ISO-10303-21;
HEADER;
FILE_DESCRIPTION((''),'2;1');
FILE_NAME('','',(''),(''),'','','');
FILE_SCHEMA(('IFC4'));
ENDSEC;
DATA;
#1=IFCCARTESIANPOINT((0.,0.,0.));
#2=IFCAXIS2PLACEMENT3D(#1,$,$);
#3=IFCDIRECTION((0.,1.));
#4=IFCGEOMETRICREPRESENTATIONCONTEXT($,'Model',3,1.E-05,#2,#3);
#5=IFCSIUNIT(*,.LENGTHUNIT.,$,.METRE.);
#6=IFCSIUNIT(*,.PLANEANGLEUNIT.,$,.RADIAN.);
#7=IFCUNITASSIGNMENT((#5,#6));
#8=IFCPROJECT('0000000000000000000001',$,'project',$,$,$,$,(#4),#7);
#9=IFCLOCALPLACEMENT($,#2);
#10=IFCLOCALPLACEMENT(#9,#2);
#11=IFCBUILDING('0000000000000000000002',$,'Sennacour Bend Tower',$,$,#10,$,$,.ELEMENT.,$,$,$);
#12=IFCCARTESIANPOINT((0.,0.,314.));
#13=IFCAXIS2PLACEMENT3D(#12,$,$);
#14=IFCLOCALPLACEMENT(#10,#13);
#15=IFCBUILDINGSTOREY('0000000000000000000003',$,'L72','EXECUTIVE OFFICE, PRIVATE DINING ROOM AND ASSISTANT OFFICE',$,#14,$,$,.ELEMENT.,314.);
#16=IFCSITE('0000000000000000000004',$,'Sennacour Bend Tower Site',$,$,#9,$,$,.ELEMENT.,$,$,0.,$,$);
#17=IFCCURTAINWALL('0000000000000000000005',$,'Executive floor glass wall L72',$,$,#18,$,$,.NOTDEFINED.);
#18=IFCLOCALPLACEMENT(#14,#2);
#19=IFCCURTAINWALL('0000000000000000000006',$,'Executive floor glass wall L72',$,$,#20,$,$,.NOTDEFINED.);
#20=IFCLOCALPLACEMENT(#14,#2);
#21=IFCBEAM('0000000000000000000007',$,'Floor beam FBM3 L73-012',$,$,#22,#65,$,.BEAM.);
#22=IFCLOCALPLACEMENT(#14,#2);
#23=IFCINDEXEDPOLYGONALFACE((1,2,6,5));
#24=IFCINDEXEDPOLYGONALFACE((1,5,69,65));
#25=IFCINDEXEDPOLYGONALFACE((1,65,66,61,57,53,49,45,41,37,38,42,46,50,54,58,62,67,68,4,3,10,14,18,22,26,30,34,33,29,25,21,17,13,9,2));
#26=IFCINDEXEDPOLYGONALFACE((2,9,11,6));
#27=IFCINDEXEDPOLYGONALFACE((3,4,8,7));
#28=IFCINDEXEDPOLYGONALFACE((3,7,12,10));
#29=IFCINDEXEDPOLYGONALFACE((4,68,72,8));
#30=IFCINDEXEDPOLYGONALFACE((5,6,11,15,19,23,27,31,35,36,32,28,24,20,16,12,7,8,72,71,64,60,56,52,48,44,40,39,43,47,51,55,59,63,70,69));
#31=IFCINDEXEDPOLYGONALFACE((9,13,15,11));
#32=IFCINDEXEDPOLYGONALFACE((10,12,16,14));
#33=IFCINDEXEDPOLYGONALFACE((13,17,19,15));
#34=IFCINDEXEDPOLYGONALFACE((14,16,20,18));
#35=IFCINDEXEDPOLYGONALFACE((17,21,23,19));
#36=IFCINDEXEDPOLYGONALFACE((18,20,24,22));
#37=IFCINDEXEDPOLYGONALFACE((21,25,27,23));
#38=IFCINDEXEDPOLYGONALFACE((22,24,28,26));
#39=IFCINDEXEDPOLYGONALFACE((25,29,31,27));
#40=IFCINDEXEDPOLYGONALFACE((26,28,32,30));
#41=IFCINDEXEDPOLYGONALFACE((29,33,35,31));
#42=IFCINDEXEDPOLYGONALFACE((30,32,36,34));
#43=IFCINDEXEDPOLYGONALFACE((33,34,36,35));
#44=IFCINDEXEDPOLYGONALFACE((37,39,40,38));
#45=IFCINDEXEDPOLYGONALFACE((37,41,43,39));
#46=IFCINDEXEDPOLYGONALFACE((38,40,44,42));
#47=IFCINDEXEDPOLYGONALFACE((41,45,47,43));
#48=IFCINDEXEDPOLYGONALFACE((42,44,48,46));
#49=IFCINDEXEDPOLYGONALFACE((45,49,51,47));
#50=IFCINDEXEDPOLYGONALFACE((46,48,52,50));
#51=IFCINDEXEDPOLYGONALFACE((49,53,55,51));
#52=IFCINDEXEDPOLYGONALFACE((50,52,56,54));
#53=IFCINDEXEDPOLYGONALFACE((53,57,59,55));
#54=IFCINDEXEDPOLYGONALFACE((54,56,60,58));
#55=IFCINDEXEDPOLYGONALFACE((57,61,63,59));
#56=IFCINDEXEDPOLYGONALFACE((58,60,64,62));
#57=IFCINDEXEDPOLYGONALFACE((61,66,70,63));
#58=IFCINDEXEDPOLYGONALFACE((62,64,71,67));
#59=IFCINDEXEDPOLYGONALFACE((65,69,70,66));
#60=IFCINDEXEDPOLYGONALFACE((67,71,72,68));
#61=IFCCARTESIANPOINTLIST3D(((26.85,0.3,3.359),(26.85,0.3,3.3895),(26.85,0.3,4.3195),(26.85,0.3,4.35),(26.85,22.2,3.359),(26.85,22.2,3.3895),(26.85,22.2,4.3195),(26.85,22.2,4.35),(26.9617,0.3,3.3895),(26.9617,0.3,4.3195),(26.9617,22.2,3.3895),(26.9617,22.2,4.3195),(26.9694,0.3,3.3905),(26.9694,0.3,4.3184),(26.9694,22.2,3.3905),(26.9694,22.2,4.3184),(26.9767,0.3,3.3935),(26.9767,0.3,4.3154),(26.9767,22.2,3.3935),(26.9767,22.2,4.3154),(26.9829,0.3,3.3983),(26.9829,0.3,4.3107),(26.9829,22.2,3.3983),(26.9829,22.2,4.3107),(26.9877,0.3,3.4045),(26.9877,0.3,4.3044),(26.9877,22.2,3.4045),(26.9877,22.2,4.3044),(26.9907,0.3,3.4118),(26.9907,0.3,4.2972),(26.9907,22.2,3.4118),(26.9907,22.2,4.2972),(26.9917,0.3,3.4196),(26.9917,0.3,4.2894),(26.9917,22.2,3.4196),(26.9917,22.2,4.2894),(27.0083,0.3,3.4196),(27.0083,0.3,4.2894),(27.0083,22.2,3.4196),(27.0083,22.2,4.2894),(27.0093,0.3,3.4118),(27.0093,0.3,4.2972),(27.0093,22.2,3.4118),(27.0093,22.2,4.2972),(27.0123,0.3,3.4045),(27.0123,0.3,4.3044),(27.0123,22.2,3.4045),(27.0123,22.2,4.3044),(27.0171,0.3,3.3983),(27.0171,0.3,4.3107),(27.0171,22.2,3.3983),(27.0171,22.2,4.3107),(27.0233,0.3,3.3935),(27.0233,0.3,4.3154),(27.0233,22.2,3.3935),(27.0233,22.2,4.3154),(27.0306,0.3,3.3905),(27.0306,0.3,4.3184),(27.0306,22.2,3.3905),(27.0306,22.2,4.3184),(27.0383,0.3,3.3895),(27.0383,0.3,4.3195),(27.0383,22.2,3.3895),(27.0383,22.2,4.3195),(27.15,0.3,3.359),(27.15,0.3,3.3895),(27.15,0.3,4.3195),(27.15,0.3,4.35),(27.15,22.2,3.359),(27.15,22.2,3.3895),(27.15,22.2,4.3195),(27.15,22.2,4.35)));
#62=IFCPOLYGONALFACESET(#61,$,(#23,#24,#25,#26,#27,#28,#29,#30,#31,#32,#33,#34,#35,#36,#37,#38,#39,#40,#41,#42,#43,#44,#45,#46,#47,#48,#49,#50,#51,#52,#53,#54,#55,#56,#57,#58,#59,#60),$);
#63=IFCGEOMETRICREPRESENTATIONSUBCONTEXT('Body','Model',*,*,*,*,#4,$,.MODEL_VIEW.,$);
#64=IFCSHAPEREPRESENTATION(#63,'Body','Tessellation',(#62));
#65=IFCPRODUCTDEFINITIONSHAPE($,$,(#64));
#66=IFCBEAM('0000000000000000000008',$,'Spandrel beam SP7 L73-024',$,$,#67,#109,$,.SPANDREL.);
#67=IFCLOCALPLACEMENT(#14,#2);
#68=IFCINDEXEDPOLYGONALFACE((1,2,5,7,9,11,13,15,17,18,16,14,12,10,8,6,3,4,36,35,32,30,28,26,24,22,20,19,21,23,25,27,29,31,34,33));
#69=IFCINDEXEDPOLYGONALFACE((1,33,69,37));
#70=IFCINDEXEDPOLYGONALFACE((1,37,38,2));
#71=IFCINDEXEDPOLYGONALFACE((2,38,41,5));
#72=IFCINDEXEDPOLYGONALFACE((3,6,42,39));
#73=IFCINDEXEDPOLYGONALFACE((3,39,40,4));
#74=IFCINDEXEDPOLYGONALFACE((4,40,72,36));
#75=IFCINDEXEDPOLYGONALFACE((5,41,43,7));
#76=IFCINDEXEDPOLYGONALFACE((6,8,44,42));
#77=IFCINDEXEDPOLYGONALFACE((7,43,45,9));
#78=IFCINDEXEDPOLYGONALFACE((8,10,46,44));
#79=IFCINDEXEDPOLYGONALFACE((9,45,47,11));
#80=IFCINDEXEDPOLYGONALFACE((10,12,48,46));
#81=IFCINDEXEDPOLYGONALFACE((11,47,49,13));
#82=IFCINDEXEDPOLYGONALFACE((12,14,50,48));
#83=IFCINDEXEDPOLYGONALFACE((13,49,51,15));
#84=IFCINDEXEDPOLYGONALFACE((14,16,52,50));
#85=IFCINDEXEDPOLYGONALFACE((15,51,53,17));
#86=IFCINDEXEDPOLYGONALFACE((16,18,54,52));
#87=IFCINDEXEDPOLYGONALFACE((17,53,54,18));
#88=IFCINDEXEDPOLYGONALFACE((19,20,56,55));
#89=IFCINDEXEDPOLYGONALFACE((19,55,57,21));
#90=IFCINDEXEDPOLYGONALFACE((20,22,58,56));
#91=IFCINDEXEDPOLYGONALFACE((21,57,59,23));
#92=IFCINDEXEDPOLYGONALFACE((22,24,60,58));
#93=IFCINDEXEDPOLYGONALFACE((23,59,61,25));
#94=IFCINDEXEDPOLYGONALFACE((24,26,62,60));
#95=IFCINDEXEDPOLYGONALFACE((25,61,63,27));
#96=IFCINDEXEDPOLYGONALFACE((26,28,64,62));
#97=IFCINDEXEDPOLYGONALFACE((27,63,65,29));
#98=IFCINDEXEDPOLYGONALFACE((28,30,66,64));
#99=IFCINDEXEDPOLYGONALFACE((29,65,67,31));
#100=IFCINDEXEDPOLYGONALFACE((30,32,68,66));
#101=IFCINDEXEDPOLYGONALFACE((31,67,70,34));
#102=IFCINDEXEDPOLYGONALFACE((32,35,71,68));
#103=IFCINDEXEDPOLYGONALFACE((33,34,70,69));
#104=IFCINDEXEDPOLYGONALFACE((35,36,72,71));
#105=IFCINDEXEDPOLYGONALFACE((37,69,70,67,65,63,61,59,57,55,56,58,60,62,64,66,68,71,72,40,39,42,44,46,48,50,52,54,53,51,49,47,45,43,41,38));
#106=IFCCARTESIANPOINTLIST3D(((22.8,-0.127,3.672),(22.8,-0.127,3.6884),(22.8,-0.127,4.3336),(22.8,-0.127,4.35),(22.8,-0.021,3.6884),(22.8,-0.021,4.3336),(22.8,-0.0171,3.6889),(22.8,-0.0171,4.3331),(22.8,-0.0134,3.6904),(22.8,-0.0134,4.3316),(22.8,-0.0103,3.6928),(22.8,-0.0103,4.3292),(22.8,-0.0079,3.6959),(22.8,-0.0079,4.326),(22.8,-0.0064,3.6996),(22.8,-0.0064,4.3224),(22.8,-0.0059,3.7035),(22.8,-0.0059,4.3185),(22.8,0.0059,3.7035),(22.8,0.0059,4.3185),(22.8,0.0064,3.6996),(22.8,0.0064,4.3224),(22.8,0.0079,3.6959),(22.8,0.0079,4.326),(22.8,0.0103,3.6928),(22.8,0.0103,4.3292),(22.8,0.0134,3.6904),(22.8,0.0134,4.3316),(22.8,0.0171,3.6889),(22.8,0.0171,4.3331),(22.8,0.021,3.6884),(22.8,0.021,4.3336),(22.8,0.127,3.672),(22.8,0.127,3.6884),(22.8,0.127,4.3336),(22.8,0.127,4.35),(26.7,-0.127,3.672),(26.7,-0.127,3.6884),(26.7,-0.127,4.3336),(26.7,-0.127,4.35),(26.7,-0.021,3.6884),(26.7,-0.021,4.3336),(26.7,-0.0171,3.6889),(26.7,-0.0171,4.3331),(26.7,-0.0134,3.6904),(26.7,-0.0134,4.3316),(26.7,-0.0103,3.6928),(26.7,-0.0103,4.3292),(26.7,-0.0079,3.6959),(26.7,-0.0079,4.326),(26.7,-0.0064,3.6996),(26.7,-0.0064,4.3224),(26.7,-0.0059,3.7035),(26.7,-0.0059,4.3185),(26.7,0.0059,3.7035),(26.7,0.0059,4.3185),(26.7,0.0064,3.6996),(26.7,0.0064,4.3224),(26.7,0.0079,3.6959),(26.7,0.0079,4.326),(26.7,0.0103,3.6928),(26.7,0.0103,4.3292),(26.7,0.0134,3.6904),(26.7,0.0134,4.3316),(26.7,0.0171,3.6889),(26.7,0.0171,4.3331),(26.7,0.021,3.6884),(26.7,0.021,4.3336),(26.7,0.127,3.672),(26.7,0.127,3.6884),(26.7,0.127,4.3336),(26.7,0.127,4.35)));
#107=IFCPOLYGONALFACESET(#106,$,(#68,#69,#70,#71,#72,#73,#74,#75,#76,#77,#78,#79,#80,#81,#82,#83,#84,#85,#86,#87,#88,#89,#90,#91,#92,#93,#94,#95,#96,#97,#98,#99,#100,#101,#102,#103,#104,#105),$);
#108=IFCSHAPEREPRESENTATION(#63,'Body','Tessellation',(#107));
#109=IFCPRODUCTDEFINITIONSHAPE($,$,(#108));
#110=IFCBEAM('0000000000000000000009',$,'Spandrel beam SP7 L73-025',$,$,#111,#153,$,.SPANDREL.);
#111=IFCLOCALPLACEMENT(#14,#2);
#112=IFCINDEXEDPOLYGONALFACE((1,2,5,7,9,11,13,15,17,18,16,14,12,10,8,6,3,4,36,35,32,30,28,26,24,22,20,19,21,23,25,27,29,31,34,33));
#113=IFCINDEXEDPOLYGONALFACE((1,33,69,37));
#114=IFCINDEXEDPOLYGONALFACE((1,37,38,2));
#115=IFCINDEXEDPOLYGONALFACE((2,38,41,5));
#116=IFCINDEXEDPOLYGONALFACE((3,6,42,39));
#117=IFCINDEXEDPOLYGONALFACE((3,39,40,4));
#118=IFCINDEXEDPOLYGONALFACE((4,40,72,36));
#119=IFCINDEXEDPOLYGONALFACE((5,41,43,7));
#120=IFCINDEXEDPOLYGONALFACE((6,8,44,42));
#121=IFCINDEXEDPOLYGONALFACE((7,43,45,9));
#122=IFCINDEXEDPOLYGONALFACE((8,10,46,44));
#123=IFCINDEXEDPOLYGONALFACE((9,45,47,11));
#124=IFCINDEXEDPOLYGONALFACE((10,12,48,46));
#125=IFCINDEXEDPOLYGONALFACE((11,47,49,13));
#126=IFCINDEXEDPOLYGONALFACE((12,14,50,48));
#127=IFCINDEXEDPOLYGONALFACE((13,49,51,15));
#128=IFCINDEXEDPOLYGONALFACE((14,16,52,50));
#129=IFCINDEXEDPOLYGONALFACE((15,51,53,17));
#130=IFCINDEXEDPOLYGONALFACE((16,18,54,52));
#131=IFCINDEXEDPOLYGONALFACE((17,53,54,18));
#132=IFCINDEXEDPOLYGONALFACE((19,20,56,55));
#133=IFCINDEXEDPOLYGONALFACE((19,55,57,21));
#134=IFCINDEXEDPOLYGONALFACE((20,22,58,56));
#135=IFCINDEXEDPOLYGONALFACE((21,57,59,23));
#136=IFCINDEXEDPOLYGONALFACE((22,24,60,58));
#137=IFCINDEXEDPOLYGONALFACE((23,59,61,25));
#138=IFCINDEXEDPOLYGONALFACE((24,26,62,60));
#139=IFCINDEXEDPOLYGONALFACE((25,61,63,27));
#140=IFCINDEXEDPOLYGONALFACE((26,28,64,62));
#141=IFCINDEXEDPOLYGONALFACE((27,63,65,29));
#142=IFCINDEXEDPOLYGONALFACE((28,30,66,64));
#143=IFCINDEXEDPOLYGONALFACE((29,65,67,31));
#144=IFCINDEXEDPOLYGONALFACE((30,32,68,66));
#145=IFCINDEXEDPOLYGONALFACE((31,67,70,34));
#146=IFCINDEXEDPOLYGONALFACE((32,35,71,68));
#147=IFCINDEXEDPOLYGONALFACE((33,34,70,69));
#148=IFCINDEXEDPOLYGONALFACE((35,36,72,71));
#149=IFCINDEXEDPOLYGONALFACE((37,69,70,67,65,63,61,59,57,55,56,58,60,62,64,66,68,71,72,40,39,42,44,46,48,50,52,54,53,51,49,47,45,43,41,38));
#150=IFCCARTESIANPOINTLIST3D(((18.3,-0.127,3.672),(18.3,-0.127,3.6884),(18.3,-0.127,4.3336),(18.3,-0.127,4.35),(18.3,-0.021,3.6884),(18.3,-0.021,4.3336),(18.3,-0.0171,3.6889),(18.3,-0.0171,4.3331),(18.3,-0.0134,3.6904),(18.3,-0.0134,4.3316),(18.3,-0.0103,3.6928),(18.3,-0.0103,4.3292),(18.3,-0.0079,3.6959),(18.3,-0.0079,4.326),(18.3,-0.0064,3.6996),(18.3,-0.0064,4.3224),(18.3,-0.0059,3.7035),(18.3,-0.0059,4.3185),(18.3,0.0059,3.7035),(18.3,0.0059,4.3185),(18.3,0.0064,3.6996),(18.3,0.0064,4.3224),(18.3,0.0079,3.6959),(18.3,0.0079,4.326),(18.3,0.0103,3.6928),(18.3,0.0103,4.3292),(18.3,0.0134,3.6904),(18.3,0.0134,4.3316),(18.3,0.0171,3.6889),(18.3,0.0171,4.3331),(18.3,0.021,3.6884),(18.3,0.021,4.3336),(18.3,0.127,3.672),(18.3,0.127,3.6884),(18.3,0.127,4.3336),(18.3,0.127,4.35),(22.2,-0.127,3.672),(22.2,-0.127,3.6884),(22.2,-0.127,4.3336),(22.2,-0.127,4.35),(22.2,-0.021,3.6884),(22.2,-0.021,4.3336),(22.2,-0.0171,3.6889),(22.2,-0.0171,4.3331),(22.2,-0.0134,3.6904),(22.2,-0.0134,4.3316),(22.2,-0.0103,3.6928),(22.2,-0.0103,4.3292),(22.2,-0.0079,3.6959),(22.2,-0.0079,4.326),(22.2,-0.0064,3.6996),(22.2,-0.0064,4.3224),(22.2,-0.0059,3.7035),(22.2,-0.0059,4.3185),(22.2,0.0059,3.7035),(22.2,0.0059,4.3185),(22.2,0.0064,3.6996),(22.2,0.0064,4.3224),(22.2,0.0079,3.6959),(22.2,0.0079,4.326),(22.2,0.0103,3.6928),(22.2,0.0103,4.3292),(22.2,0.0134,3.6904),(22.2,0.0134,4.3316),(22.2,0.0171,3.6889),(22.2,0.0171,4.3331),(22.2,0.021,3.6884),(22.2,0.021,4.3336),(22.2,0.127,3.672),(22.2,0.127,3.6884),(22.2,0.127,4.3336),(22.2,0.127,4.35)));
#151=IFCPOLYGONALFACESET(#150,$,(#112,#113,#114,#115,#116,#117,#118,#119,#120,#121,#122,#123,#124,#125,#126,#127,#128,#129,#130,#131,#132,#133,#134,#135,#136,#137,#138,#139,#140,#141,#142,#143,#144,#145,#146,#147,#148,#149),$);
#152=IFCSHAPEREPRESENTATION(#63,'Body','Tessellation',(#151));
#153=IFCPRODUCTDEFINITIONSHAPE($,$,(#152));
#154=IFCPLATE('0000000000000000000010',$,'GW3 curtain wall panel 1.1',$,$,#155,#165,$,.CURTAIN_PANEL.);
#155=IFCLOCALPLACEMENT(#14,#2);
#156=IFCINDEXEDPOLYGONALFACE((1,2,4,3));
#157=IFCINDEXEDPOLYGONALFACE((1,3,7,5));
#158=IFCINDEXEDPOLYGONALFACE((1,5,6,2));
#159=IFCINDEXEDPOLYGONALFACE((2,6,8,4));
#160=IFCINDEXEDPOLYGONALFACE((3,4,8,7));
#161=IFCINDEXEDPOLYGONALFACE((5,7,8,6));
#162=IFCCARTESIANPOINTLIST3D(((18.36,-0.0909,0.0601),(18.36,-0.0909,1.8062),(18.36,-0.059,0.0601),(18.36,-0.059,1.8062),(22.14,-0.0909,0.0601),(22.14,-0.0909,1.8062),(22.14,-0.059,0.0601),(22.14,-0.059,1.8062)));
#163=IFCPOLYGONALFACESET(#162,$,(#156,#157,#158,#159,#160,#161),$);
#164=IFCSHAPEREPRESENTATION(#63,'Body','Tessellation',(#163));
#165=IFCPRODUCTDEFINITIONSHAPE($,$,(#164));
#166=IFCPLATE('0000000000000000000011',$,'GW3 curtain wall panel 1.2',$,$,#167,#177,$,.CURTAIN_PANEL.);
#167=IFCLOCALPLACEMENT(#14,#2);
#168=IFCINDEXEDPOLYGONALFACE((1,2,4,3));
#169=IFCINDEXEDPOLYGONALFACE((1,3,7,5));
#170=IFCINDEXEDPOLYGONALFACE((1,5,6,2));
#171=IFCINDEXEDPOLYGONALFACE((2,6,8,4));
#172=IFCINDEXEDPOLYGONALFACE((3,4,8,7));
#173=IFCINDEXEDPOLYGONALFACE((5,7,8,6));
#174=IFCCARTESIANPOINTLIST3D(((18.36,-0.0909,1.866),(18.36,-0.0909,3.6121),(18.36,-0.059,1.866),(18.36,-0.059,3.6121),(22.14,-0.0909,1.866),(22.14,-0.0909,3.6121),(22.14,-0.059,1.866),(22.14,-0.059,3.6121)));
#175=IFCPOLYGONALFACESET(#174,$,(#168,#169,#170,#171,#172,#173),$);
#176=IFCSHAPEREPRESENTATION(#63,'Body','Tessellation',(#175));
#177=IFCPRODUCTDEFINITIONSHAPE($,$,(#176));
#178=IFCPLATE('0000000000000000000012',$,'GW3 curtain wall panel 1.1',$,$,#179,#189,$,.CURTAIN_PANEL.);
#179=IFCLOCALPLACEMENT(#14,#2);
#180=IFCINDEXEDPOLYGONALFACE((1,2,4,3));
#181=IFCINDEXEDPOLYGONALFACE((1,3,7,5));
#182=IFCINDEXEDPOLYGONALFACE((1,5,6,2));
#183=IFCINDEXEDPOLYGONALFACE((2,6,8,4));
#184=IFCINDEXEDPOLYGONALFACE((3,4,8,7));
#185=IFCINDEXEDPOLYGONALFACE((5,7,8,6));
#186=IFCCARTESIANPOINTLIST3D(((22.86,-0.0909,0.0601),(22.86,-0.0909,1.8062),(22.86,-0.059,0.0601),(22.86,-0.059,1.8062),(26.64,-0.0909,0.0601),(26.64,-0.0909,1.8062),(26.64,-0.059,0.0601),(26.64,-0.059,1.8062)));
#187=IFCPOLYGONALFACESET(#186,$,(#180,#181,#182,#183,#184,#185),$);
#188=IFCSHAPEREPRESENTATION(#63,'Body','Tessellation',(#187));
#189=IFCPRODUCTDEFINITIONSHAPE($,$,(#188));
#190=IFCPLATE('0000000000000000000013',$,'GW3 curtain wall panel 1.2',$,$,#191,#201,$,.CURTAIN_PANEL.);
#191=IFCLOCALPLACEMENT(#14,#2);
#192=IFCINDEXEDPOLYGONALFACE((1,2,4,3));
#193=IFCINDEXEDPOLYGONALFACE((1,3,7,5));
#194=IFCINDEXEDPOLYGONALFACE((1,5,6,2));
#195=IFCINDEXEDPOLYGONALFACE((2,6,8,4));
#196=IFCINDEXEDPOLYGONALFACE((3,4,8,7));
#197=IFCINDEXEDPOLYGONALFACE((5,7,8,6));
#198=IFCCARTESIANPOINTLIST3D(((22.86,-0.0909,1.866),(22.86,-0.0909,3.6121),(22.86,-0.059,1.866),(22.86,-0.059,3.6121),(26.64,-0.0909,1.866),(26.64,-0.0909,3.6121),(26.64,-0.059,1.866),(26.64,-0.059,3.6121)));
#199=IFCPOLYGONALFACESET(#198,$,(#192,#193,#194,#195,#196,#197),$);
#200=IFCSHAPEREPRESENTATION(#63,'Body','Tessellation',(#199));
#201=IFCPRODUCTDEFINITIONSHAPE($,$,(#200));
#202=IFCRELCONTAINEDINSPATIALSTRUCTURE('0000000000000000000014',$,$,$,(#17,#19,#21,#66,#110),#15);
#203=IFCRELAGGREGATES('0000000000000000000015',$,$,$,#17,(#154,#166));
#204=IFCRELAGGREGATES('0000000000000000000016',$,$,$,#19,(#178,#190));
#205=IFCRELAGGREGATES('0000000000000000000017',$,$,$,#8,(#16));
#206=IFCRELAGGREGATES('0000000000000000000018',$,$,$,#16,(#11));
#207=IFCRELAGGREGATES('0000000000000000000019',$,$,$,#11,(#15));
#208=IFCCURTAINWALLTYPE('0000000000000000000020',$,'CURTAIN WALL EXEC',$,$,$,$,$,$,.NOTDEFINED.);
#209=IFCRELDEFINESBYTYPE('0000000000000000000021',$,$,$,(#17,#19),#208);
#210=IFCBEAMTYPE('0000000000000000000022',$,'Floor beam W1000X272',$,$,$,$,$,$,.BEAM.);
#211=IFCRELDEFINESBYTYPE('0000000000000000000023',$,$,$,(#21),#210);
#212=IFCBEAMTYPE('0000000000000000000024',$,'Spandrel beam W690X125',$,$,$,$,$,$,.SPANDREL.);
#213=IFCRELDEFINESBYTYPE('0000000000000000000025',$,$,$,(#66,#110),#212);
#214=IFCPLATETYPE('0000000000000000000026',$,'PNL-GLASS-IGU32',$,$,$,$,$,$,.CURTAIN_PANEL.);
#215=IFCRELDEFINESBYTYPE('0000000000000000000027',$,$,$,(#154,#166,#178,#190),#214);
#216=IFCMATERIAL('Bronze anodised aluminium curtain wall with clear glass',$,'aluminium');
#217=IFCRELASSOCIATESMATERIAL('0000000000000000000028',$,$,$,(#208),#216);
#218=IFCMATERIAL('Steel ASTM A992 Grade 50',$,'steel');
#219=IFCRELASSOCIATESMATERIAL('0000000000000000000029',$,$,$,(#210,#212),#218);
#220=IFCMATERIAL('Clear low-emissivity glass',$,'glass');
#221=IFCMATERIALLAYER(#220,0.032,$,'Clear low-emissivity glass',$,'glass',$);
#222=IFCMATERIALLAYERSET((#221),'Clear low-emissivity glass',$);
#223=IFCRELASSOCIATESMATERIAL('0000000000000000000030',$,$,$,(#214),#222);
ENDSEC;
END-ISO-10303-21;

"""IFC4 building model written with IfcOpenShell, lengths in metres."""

from ifc_helpers import new_model, si_unit, direction, frame, origin, origin_2d, place, context, subcontext, project, spatial, rectangle, i_section, extrude, material, layer, layer_set, material_profile, profile_set, type_object, element, aggregate, save


model = new_model("IFC4")

# Units and contexts
model_context = context("Model", 3, precision=1e-05, world=origin(), true_north=direction((0.0, 1.0)))
body_context = subcontext(model_context, "Body", "Model", "MODEL_VIEW")
ifc_project = project(units=[si_unit("LENGTHUNIT", "METRE"), si_unit("PLANEANGLEUNIT", "RADIAN")], contexts=[model_context])

# Site, building, storey
site_placement = place(None, origin())
site = spatial("IfcSite", under=ifc_project, at=site_placement, Name="Sennacour Bend Tower Site", CompositionType="ELEMENT", RefElevation=0.0)
building_placement = place(site_placement, origin())
building = spatial("IfcBuilding", under=site, at=building_placement, Name="Sennacour Bend Tower", CompositionType="ELEMENT")
storey_placement = place(building_placement, frame((0.0, 0.0, 314.0)))
storey = spatial("IfcBuildingStorey", under=building, at=storey_placement, Name="L72", Description="EXECUTIVE OFFICE, PRIVATE DINING ROOM AND ASSISTANT OFFICE", CompositionType="ELEMENT", Elevation=314.0)

# Curtain walls
ifc_material_1 = material(Name="Bronze anodised aluminium curtain wall with clear glass", Category="aluminium")
curtain_wall_type = type_object("IfcCurtainWallType", Name="CURTAIN WALL EXEC", PredefinedType="NOTDEFINED", material=ifc_material_1)
curtain_wall_1_placement = place(storey_placement, origin())
curtain_wall_1 = element("IfcCurtainWall", 1, at=curtain_wall_1_placement, inside=storey, type_object=curtain_wall_type, Name="Executive floor glass wall L72", PredefinedType="NOTDEFINED")
curtain_wall_2_placement = place(storey_placement, origin())
curtain_wall_2 = element("IfcCurtainWall", 2, at=curtain_wall_2_placement, inside=storey, type_object=curtain_wall_type, Name="Executive floor glass wall L72", PredefinedType="NOTDEFINED")

# Beams
ifc_material_2 = material(Name="Steel ASTM A992 Grade 50", Category="steel")
ifc_material_profile_1 = material_profile(ifc_material_2, i_section(OverallWidth=0.3, OverallDepth=0.991, WebThickness=0.0166, FlangeThickness=0.0305, FilletRadius=0.03, at=origin_2d()), Name="Steel ASTM A992 Grade 50", Category="steel")
ifc_profile_set_1 = profile_set([ifc_material_profile_1], Name="Steel ASTM A992 Grade 50")
beam_type_1 = type_object("IfcBeamType", Name="Floor beam W1000X272", PredefinedType="BEAM", material=ifc_profile_set_1)
beam_1_placement = place(storey_placement, frame((27.0, 0.3, 3.8545), z_axis=(0.0, 1.0, 0.0), x_axis=(-1.0, 0.0, 0.0)))
element("IfcBeam", 3, at=beam_1_placement, inside=storey, type_object=beam_type_1, Name="Floor beam FBM3 L73-012", PredefinedType="BEAM", context=body_context, shape_type="SweptSolid", body=[
    extrude(i_section(OverallWidth=0.3, OverallDepth=0.991, WebThickness=0.0166, FlangeThickness=0.0305, FilletRadius=0.03, at=origin_2d()), origin(), (0.0, 0.0, 1.0), 21.8999),
])
ifc_material_profile_2 = material_profile(ifc_material_2, i_section(OverallWidth=0.2539, OverallDepth=0.678, WebThickness=0.0117, FlangeThickness=0.0164, FilletRadius=0.0151, at=origin_2d()), Name="Steel ASTM A992 Grade 50", Category="steel")
ifc_profile_set_2 = profile_set([ifc_material_profile_2], Name="Steel ASTM A992 Grade 50")
beam_type_2 = type_object("IfcBeamType", Name="Spandrel beam W690X125", PredefinedType="SPANDREL", material=ifc_profile_set_2)
for number, where, z_axis, x_axis, name in (
    (4, (26.7, 0.0, 4.011), (-1.0, 0.0, 0.0), (0.0, -1.0, 0.0), "Spandrel beam SP7 L73-024"),
    (5, (22.2, 0.0, 4.011), (-1.0, 0.0, 0.0), (0.0, -1.0, 0.0), "Spandrel beam SP7 L73-025"),
):
    element("IfcBeam", number, at=place(storey_placement, frame(where, z_axis=z_axis, x_axis=x_axis)), inside=storey, type_object=beam_type_2, Name=name, PredefinedType="SPANDREL", context=body_context, shape_type="SweptSolid", body=[
        extrude(i_section(OverallWidth=0.2539, OverallDepth=0.678, WebThickness=0.0117, FlangeThickness=0.0164, FilletRadius=0.0151, at=origin_2d()), origin(), (0.0, 0.0, 1.0), 3.8999),
    ])

# Plates
ifc_material_3 = material(Name="Clear low-emissivity glass", Category="glass")
ifc_layer_1 = layer(ifc_material_3, 0.032, Name="Clear low-emissivity glass", Category="glass")
ifc_layer_set_1 = layer_set([ifc_layer_1], Name="Clear low-emissivity glass")
plate_type = type_object("IfcPlateType", Name="PNL-GLASS-IGU32", PredefinedType="CURTAIN_PANEL", material=ifc_layer_set_1)
plate_1_placement = place(storey_placement, frame((20.25, -0.075, 0.0601), z_axis=(0.0, 0.0, 1.0), x_axis=(1.0, 0.0, 0.0)))
plate_1 = element("IfcPlate", 6, at=plate_1_placement, type_object=plate_type, Name="GW3 curtain wall panel 1.1", PredefinedType="CURTAIN_PANEL", context=body_context, shape_type="SweptSolid", body=[
    extrude(rectangle(XDim=3.78, YDim=0.032, at=origin_2d()), origin(), (0.0, 0.0, 1.0), 1.7461),
])
plate_2_placement = place(storey_placement, frame((20.25, -0.075, 1.866), z_axis=(0.0, 0.0, 1.0), x_axis=(1.0, 0.0, 0.0)))
plate_2 = element("IfcPlate", 7, at=plate_2_placement, type_object=plate_type, Name="GW3 curtain wall panel 1.2", PredefinedType="CURTAIN_PANEL", context=body_context, shape_type="SweptSolid", body=[
    extrude(rectangle(XDim=3.78, YDim=0.032, at=origin_2d()), origin(), (0.0, 0.0, 1.0), 1.7461),
])
aggregate(curtain_wall_1, [plate_1, plate_2])
plate_3_placement = place(storey_placement, frame((24.75, -0.075, 0.0601), z_axis=(0.0, 0.0, 1.0), x_axis=(1.0, 0.0, 0.0)))
plate_3 = element("IfcPlate", 8, at=plate_3_placement, type_object=plate_type, Name="GW3 curtain wall panel 1.1", PredefinedType="CURTAIN_PANEL", context=body_context, shape_type="SweptSolid", body=[
    extrude(rectangle(XDim=3.78, YDim=0.032, at=origin_2d()), origin(), (0.0, 0.0, 1.0), 1.7461),
])
plate_4_placement = place(storey_placement, frame((24.75, -0.075, 1.866), z_axis=(0.0, 0.0, 1.0), x_axis=(1.0, 0.0, 0.0)))
plate_4 = element("IfcPlate", 9, at=plate_4_placement, type_object=plate_type, Name="GW3 curtain wall panel 1.2", PredefinedType="CURTAIN_PANEL", context=body_context, shape_type="SweptSolid", body=[
    extrude(rectangle(XDim=3.78, YDim=0.032, at=origin_2d()), origin(), (0.0, 0.0, 1.0), 1.7461),
])
aggregate(curtain_wall_2, [plate_3, plate_4])

save(model, "model.ifc")
